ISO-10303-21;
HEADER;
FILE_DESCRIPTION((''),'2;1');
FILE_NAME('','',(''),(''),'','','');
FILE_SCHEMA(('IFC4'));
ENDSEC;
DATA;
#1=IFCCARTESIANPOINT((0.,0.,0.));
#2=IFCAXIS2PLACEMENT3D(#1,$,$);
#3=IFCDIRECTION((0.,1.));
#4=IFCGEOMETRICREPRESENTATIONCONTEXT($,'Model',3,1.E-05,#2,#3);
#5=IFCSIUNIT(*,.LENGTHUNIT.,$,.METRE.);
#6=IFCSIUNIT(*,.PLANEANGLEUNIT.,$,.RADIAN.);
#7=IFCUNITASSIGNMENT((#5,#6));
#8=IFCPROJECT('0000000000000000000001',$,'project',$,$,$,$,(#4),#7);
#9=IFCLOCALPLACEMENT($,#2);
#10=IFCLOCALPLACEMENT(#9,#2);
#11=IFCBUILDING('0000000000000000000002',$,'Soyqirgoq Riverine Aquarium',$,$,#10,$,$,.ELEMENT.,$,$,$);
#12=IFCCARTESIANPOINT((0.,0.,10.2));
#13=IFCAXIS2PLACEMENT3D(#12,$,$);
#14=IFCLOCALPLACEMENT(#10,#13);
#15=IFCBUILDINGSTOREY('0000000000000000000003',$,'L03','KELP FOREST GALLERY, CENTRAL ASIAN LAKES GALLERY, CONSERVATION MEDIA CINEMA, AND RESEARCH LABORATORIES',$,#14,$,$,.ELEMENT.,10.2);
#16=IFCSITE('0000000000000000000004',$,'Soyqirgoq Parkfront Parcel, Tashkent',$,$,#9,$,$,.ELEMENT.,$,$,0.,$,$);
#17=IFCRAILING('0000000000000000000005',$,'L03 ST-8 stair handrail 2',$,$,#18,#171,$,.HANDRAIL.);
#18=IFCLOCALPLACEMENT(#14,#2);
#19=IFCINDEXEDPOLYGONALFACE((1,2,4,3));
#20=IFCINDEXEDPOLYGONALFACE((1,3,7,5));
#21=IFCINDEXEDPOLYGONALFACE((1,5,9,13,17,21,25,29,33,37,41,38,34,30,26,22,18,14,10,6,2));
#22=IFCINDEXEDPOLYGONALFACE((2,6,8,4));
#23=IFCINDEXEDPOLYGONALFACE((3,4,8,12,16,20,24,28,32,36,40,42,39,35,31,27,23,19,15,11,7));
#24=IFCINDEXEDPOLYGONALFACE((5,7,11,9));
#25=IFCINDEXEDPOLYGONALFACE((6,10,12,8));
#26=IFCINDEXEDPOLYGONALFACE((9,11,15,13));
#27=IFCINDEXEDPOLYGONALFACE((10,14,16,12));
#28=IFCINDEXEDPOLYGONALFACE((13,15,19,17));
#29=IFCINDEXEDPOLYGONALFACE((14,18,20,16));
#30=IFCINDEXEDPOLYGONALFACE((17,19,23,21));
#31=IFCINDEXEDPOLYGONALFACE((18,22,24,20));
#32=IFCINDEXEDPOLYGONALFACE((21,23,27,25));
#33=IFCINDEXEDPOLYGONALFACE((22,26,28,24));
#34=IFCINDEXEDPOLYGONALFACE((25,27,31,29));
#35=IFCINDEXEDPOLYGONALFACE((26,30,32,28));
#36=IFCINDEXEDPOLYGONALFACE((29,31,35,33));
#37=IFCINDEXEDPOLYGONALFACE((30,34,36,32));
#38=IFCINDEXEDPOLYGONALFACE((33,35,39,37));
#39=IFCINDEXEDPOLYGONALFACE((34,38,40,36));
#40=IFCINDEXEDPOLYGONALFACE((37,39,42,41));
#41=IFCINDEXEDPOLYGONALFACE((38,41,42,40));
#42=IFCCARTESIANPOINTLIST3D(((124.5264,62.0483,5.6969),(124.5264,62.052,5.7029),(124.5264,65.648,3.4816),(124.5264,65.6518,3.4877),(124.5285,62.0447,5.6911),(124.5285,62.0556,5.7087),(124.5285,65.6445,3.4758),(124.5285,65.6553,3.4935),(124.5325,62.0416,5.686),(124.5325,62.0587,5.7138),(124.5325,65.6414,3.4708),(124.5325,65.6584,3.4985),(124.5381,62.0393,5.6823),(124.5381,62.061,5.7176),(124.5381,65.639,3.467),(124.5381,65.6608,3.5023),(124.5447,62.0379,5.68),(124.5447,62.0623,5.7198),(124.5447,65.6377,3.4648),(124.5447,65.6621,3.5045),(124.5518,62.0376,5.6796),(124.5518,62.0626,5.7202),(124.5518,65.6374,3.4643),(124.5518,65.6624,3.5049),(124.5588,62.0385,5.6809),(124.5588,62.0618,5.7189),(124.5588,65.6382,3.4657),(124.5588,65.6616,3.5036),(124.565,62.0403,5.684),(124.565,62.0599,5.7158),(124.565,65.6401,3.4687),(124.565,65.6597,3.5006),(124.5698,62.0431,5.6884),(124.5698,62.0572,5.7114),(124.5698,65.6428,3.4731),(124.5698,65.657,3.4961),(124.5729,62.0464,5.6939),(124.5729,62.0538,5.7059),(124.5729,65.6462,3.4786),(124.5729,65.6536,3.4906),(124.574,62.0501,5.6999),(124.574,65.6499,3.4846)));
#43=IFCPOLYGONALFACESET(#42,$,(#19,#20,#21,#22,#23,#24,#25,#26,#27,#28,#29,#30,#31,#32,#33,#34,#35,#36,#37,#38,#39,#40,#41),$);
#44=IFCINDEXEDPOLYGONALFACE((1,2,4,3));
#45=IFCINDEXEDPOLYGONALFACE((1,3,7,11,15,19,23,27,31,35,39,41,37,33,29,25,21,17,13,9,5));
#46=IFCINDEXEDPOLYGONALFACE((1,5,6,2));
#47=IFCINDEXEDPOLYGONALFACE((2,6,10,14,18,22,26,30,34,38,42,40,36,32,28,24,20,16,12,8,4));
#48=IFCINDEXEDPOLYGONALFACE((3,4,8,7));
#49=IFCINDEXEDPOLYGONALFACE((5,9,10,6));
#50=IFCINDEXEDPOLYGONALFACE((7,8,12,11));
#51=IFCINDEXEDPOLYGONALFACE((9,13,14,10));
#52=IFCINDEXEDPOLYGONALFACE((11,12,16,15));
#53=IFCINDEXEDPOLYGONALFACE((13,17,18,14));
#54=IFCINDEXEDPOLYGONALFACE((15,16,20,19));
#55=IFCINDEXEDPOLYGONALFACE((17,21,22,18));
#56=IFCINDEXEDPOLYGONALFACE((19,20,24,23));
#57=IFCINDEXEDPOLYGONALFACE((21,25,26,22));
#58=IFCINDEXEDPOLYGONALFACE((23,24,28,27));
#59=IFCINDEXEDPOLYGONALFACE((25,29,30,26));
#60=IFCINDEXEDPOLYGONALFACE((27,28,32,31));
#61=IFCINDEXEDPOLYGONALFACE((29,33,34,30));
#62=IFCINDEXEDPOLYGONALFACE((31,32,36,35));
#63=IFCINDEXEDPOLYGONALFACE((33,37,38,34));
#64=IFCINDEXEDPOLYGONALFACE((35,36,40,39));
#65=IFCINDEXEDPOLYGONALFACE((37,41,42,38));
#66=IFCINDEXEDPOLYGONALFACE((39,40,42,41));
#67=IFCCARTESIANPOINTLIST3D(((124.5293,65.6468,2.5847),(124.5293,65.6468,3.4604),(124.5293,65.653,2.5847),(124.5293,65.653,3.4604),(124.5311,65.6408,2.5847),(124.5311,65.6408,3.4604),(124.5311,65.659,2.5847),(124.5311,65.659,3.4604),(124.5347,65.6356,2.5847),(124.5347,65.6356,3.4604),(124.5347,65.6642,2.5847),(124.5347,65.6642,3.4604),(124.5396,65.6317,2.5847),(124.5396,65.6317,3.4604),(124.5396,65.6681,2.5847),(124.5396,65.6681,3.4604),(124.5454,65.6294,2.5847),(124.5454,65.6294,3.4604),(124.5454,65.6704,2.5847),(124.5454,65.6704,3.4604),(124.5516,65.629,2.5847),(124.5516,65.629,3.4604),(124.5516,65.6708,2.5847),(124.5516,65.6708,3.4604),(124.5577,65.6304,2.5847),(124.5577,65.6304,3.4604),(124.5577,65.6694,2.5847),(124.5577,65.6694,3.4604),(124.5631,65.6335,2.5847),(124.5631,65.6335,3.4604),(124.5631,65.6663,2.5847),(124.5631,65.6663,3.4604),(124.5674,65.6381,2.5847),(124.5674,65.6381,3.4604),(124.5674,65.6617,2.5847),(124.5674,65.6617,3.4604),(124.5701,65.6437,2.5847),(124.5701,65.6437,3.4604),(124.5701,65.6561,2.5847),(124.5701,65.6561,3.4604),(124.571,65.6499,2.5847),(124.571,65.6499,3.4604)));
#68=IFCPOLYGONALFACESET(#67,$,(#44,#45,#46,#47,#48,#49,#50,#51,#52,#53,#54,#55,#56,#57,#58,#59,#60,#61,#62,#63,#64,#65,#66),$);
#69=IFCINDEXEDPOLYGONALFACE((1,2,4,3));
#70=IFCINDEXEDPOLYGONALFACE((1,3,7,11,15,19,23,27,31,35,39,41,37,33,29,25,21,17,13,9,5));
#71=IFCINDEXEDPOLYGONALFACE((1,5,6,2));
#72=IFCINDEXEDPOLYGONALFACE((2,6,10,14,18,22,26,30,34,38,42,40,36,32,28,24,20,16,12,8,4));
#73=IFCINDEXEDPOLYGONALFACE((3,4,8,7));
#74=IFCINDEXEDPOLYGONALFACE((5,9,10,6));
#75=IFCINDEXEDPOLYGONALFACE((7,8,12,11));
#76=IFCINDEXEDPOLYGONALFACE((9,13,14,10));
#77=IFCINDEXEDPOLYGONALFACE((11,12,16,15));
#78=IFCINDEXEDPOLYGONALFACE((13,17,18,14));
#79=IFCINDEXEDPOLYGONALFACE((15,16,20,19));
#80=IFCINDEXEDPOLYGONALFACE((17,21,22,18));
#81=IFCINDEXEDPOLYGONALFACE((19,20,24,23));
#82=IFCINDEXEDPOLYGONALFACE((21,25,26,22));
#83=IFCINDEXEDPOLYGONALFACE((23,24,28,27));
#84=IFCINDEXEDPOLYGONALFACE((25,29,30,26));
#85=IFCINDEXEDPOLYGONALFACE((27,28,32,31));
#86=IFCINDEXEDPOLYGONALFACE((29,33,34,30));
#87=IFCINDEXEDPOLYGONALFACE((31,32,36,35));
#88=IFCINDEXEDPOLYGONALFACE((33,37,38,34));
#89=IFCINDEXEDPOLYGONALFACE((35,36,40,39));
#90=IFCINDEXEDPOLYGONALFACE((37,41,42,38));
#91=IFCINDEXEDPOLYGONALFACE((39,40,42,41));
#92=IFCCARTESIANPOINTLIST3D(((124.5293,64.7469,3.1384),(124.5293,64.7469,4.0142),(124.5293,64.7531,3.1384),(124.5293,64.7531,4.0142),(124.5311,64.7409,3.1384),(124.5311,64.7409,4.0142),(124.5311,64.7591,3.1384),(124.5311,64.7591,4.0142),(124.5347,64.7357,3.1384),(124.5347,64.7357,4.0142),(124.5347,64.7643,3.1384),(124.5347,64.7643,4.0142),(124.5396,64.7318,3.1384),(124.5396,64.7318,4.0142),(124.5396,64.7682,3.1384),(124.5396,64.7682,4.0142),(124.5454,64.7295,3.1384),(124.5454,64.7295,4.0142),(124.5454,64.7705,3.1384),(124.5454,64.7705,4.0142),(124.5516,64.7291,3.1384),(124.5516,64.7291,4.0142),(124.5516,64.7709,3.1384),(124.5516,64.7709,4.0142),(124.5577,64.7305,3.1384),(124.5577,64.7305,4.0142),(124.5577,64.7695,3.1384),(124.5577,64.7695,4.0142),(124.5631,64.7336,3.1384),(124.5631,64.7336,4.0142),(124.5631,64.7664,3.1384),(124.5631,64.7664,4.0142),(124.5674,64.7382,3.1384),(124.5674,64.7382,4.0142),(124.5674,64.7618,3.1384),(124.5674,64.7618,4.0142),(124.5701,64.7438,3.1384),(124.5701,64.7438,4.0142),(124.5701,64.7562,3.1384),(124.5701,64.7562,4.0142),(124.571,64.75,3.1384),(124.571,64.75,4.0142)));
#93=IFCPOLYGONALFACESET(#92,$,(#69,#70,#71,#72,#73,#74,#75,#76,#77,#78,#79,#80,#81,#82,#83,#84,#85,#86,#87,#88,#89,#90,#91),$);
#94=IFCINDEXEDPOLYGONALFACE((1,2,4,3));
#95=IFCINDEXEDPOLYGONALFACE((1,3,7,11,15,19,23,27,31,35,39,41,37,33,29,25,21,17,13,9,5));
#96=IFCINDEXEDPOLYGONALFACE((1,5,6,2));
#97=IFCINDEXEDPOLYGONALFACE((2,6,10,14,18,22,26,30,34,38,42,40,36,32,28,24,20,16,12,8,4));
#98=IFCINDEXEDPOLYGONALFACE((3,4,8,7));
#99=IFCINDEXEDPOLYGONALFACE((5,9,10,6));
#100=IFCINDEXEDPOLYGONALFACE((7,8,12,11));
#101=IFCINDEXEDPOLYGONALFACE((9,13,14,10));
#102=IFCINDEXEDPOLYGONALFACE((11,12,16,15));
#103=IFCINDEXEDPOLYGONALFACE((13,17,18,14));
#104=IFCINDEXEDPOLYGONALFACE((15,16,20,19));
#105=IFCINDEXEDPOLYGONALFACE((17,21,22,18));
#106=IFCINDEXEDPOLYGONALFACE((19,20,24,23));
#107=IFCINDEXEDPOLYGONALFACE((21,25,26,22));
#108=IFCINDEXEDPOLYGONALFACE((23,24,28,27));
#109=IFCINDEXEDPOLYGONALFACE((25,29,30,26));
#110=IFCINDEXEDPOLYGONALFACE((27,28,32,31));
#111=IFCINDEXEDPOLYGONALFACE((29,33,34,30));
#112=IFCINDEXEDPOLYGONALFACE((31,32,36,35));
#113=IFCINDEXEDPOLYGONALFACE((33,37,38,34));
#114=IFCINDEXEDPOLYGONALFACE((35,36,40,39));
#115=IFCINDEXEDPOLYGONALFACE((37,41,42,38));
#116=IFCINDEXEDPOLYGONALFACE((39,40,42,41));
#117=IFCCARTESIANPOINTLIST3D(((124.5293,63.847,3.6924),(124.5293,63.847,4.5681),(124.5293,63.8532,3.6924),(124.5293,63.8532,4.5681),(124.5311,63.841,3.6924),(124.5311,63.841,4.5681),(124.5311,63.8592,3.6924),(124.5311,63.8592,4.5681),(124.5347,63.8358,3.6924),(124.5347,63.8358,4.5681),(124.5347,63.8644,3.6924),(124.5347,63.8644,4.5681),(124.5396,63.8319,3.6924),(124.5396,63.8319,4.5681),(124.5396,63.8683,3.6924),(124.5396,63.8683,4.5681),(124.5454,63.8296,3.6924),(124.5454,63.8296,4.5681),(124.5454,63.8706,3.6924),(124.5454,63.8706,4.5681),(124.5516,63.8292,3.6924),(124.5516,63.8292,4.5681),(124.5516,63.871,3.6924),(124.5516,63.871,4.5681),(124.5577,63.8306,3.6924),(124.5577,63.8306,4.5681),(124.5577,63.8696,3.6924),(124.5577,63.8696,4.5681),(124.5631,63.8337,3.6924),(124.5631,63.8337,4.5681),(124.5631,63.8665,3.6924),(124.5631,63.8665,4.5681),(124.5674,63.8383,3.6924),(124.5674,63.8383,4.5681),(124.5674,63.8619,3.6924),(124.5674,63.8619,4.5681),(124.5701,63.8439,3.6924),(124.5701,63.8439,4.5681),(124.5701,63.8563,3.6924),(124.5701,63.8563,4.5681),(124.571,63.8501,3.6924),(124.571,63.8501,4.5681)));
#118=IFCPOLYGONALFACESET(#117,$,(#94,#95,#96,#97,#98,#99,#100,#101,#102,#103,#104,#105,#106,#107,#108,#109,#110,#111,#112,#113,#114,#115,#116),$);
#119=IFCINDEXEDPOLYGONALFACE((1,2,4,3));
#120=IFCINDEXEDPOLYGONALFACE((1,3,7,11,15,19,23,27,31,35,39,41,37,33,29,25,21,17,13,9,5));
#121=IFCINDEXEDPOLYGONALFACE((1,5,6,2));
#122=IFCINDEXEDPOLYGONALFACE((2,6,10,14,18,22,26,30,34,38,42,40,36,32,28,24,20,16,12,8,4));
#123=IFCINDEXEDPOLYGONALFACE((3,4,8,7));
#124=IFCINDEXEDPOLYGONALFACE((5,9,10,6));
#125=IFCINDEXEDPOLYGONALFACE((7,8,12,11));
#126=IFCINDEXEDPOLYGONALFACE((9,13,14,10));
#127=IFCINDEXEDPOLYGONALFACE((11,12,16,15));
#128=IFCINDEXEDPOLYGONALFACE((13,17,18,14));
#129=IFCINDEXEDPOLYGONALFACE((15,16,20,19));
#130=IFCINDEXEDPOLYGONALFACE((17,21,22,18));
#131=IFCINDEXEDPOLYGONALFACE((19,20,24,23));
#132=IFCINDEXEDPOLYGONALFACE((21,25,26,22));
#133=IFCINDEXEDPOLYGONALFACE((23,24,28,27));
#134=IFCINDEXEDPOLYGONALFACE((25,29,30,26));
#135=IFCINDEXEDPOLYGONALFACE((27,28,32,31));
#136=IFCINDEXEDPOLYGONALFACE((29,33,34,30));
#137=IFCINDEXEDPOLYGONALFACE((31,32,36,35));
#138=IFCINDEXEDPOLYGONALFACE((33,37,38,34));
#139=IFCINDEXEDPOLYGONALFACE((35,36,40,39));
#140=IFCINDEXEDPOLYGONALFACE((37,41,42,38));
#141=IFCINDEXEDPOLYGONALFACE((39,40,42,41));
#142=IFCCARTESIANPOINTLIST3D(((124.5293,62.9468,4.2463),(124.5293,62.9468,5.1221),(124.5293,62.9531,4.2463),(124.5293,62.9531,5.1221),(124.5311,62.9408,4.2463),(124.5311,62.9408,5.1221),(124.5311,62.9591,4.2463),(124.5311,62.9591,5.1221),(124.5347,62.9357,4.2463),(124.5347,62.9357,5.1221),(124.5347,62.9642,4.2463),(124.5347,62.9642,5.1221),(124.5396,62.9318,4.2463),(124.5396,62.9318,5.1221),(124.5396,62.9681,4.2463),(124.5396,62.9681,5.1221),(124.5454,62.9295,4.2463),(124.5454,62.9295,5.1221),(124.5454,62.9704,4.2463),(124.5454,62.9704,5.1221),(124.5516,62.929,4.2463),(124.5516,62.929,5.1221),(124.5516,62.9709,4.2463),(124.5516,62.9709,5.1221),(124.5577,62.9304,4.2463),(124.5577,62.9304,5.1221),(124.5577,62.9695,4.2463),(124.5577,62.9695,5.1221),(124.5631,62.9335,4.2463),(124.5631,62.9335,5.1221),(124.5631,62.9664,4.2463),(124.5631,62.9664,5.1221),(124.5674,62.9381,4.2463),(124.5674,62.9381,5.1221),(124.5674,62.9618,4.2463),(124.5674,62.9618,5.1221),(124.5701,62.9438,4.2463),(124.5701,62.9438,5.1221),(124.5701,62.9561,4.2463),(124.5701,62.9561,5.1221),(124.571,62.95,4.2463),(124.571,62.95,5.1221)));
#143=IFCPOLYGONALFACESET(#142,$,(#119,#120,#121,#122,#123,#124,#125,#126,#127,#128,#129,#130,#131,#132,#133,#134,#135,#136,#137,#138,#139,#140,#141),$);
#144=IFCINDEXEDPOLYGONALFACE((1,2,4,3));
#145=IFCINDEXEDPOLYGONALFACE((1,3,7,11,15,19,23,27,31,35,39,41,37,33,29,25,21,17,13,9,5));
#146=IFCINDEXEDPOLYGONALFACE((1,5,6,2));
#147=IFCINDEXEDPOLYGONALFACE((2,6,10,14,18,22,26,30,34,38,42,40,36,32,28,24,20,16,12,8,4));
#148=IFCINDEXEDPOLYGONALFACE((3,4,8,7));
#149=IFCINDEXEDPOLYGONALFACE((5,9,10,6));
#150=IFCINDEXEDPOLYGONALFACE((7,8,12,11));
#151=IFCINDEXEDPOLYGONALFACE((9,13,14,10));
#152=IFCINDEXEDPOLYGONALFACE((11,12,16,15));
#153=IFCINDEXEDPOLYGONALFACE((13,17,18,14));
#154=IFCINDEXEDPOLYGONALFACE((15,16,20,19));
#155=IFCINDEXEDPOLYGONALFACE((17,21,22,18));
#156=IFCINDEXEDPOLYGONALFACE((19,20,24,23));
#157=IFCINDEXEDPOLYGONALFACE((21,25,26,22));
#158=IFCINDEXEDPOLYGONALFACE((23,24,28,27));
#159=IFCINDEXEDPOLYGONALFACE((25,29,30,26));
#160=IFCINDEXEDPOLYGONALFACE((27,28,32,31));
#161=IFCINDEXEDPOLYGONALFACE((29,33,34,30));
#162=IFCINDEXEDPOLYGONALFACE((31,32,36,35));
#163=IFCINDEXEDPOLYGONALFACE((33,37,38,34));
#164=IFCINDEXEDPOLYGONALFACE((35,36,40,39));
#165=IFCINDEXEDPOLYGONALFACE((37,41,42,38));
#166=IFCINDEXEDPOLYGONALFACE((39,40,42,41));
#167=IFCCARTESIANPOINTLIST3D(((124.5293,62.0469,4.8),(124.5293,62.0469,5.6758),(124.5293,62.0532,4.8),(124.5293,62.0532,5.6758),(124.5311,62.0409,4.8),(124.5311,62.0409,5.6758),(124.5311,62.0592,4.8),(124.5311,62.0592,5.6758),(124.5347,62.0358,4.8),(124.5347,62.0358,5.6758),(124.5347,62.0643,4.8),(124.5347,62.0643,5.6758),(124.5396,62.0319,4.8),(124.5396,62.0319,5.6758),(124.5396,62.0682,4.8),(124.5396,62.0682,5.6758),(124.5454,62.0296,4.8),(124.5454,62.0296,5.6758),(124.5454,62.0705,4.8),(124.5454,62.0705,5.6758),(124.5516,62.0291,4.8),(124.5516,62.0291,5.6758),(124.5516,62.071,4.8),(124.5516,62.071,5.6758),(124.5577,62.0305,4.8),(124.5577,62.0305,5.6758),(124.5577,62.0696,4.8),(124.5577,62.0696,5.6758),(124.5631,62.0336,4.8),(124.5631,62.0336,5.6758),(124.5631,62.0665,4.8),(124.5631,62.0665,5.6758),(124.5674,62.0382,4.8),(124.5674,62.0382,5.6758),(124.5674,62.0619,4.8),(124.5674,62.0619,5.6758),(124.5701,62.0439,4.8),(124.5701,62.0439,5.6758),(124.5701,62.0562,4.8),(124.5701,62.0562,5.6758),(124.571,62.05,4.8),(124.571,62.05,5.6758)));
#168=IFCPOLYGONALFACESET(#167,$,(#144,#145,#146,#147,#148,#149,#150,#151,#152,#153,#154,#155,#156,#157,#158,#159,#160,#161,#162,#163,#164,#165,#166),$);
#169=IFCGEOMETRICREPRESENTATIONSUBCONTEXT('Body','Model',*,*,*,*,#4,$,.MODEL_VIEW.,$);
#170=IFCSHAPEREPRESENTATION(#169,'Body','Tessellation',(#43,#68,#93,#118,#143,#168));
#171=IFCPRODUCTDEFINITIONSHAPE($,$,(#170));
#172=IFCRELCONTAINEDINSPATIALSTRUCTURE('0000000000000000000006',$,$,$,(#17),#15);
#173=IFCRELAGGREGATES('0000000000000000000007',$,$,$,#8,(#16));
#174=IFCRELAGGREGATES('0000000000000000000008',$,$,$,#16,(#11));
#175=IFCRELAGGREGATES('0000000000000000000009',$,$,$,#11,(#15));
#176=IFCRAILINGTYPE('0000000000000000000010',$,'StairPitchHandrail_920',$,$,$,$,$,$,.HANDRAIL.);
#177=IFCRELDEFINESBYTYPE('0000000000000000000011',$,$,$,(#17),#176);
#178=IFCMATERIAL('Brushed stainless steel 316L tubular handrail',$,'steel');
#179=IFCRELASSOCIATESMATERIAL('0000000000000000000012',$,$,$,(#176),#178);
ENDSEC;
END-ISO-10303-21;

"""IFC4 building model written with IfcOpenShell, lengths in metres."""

from ifc_helpers import new_model, si_unit, direction, frame, origin, origin_2d, place, context, subcontext, project, spatial, circle, extrude, material, type_object, element, save


model = new_model("IFC4")

# Units and contexts
model_context = context("Model", 3, precision=1e-05, world=origin(), true_north=direction((0.0, 1.0)))
body_context = subcontext(model_context, "Body", "Model", "MODEL_VIEW")
ifc_project = project(units=[si_unit("LENGTHUNIT", "METRE"), si_unit("PLANEANGLEUNIT", "RADIAN")], contexts=[model_context])

# Site, building, storey
site_placement = place(None, origin())
site = spatial("IfcSite", under=ifc_project, at=site_placement, Name="Soyqirgoq Parkfront Parcel, Tashkent", CompositionType="ELEMENT", RefElevation=0.0)
building_placement = place(site_placement, origin())
building = spatial("IfcBuilding", under=site, at=building_placement, Name="Soyqirgoq Riverine Aquarium", CompositionType="ELEMENT")
storey_placement = place(building_placement, frame((0.0, 0.0, 10.2)))
storey = spatial("IfcBuildingStorey", under=building, at=storey_placement, Name="L03", Description="KELP FOREST GALLERY, CENTRAL ASIAN LAKES GALLERY, CONSERVATION MEDIA CINEMA, AND RESEARCH LABORATORIES", CompositionType="ELEMENT", Elevation=10.2)

# Railing
ifc_material_1 = material(Name="Brushed stainless steel 316L tubular handrail", Category="steel")
railing_type_1 = type_object("IfcRailingType", Name="StairPitchHandrail_920", PredefinedType="HANDRAIL", material=ifc_material_1)
railing_1_placement = place(storey_placement, frame((124.55, 65.6499, 2.5847)))
element("IfcRailing", 1, at=railing_1_placement, inside=storey, type_object=railing_type_1, Name="L03 ST-8 stair handrail 2", PredefinedType="HANDRAIL", context=body_context, shape_type="SweptSolid", body=[
    extrude(circle(Radius=0.0239, at=origin_2d()), frame((0.0, 0.0, 0.8999), z_axis=(0.0, -0.851654, 0.524104), x_axis=(1.0, 0.0, 0.0)), (0.0, 0.0, 1.0), 4.2268),
    extrude(circle(Radius=0.021, at=origin_2d()), origin(), (0.0, 0.0, 1.0), 0.8757),
    extrude(circle(Radius=0.021, at=origin_2d()), frame((0.0, -0.8999, 0.5537)), (0.0, 0.0, 1.0), 0.8757),
    extrude(circle(Radius=0.021, at=origin_2d()), frame((0.0, -1.7998, 1.1077)), (0.0, 0.0, 1.0), 0.8757),
    extrude(circle(Radius=0.021, at=origin_2d()), frame((0.0, -2.7, 1.6616)), (0.0, 0.0, 1.0), 0.8757),
    extrude(circle(Radius=0.021, at=origin_2d()), frame((0.0, -3.5999, 2.2153)), (0.0, 0.0, 1.0), 0.8757),
])

save(model, "model.ifc")
